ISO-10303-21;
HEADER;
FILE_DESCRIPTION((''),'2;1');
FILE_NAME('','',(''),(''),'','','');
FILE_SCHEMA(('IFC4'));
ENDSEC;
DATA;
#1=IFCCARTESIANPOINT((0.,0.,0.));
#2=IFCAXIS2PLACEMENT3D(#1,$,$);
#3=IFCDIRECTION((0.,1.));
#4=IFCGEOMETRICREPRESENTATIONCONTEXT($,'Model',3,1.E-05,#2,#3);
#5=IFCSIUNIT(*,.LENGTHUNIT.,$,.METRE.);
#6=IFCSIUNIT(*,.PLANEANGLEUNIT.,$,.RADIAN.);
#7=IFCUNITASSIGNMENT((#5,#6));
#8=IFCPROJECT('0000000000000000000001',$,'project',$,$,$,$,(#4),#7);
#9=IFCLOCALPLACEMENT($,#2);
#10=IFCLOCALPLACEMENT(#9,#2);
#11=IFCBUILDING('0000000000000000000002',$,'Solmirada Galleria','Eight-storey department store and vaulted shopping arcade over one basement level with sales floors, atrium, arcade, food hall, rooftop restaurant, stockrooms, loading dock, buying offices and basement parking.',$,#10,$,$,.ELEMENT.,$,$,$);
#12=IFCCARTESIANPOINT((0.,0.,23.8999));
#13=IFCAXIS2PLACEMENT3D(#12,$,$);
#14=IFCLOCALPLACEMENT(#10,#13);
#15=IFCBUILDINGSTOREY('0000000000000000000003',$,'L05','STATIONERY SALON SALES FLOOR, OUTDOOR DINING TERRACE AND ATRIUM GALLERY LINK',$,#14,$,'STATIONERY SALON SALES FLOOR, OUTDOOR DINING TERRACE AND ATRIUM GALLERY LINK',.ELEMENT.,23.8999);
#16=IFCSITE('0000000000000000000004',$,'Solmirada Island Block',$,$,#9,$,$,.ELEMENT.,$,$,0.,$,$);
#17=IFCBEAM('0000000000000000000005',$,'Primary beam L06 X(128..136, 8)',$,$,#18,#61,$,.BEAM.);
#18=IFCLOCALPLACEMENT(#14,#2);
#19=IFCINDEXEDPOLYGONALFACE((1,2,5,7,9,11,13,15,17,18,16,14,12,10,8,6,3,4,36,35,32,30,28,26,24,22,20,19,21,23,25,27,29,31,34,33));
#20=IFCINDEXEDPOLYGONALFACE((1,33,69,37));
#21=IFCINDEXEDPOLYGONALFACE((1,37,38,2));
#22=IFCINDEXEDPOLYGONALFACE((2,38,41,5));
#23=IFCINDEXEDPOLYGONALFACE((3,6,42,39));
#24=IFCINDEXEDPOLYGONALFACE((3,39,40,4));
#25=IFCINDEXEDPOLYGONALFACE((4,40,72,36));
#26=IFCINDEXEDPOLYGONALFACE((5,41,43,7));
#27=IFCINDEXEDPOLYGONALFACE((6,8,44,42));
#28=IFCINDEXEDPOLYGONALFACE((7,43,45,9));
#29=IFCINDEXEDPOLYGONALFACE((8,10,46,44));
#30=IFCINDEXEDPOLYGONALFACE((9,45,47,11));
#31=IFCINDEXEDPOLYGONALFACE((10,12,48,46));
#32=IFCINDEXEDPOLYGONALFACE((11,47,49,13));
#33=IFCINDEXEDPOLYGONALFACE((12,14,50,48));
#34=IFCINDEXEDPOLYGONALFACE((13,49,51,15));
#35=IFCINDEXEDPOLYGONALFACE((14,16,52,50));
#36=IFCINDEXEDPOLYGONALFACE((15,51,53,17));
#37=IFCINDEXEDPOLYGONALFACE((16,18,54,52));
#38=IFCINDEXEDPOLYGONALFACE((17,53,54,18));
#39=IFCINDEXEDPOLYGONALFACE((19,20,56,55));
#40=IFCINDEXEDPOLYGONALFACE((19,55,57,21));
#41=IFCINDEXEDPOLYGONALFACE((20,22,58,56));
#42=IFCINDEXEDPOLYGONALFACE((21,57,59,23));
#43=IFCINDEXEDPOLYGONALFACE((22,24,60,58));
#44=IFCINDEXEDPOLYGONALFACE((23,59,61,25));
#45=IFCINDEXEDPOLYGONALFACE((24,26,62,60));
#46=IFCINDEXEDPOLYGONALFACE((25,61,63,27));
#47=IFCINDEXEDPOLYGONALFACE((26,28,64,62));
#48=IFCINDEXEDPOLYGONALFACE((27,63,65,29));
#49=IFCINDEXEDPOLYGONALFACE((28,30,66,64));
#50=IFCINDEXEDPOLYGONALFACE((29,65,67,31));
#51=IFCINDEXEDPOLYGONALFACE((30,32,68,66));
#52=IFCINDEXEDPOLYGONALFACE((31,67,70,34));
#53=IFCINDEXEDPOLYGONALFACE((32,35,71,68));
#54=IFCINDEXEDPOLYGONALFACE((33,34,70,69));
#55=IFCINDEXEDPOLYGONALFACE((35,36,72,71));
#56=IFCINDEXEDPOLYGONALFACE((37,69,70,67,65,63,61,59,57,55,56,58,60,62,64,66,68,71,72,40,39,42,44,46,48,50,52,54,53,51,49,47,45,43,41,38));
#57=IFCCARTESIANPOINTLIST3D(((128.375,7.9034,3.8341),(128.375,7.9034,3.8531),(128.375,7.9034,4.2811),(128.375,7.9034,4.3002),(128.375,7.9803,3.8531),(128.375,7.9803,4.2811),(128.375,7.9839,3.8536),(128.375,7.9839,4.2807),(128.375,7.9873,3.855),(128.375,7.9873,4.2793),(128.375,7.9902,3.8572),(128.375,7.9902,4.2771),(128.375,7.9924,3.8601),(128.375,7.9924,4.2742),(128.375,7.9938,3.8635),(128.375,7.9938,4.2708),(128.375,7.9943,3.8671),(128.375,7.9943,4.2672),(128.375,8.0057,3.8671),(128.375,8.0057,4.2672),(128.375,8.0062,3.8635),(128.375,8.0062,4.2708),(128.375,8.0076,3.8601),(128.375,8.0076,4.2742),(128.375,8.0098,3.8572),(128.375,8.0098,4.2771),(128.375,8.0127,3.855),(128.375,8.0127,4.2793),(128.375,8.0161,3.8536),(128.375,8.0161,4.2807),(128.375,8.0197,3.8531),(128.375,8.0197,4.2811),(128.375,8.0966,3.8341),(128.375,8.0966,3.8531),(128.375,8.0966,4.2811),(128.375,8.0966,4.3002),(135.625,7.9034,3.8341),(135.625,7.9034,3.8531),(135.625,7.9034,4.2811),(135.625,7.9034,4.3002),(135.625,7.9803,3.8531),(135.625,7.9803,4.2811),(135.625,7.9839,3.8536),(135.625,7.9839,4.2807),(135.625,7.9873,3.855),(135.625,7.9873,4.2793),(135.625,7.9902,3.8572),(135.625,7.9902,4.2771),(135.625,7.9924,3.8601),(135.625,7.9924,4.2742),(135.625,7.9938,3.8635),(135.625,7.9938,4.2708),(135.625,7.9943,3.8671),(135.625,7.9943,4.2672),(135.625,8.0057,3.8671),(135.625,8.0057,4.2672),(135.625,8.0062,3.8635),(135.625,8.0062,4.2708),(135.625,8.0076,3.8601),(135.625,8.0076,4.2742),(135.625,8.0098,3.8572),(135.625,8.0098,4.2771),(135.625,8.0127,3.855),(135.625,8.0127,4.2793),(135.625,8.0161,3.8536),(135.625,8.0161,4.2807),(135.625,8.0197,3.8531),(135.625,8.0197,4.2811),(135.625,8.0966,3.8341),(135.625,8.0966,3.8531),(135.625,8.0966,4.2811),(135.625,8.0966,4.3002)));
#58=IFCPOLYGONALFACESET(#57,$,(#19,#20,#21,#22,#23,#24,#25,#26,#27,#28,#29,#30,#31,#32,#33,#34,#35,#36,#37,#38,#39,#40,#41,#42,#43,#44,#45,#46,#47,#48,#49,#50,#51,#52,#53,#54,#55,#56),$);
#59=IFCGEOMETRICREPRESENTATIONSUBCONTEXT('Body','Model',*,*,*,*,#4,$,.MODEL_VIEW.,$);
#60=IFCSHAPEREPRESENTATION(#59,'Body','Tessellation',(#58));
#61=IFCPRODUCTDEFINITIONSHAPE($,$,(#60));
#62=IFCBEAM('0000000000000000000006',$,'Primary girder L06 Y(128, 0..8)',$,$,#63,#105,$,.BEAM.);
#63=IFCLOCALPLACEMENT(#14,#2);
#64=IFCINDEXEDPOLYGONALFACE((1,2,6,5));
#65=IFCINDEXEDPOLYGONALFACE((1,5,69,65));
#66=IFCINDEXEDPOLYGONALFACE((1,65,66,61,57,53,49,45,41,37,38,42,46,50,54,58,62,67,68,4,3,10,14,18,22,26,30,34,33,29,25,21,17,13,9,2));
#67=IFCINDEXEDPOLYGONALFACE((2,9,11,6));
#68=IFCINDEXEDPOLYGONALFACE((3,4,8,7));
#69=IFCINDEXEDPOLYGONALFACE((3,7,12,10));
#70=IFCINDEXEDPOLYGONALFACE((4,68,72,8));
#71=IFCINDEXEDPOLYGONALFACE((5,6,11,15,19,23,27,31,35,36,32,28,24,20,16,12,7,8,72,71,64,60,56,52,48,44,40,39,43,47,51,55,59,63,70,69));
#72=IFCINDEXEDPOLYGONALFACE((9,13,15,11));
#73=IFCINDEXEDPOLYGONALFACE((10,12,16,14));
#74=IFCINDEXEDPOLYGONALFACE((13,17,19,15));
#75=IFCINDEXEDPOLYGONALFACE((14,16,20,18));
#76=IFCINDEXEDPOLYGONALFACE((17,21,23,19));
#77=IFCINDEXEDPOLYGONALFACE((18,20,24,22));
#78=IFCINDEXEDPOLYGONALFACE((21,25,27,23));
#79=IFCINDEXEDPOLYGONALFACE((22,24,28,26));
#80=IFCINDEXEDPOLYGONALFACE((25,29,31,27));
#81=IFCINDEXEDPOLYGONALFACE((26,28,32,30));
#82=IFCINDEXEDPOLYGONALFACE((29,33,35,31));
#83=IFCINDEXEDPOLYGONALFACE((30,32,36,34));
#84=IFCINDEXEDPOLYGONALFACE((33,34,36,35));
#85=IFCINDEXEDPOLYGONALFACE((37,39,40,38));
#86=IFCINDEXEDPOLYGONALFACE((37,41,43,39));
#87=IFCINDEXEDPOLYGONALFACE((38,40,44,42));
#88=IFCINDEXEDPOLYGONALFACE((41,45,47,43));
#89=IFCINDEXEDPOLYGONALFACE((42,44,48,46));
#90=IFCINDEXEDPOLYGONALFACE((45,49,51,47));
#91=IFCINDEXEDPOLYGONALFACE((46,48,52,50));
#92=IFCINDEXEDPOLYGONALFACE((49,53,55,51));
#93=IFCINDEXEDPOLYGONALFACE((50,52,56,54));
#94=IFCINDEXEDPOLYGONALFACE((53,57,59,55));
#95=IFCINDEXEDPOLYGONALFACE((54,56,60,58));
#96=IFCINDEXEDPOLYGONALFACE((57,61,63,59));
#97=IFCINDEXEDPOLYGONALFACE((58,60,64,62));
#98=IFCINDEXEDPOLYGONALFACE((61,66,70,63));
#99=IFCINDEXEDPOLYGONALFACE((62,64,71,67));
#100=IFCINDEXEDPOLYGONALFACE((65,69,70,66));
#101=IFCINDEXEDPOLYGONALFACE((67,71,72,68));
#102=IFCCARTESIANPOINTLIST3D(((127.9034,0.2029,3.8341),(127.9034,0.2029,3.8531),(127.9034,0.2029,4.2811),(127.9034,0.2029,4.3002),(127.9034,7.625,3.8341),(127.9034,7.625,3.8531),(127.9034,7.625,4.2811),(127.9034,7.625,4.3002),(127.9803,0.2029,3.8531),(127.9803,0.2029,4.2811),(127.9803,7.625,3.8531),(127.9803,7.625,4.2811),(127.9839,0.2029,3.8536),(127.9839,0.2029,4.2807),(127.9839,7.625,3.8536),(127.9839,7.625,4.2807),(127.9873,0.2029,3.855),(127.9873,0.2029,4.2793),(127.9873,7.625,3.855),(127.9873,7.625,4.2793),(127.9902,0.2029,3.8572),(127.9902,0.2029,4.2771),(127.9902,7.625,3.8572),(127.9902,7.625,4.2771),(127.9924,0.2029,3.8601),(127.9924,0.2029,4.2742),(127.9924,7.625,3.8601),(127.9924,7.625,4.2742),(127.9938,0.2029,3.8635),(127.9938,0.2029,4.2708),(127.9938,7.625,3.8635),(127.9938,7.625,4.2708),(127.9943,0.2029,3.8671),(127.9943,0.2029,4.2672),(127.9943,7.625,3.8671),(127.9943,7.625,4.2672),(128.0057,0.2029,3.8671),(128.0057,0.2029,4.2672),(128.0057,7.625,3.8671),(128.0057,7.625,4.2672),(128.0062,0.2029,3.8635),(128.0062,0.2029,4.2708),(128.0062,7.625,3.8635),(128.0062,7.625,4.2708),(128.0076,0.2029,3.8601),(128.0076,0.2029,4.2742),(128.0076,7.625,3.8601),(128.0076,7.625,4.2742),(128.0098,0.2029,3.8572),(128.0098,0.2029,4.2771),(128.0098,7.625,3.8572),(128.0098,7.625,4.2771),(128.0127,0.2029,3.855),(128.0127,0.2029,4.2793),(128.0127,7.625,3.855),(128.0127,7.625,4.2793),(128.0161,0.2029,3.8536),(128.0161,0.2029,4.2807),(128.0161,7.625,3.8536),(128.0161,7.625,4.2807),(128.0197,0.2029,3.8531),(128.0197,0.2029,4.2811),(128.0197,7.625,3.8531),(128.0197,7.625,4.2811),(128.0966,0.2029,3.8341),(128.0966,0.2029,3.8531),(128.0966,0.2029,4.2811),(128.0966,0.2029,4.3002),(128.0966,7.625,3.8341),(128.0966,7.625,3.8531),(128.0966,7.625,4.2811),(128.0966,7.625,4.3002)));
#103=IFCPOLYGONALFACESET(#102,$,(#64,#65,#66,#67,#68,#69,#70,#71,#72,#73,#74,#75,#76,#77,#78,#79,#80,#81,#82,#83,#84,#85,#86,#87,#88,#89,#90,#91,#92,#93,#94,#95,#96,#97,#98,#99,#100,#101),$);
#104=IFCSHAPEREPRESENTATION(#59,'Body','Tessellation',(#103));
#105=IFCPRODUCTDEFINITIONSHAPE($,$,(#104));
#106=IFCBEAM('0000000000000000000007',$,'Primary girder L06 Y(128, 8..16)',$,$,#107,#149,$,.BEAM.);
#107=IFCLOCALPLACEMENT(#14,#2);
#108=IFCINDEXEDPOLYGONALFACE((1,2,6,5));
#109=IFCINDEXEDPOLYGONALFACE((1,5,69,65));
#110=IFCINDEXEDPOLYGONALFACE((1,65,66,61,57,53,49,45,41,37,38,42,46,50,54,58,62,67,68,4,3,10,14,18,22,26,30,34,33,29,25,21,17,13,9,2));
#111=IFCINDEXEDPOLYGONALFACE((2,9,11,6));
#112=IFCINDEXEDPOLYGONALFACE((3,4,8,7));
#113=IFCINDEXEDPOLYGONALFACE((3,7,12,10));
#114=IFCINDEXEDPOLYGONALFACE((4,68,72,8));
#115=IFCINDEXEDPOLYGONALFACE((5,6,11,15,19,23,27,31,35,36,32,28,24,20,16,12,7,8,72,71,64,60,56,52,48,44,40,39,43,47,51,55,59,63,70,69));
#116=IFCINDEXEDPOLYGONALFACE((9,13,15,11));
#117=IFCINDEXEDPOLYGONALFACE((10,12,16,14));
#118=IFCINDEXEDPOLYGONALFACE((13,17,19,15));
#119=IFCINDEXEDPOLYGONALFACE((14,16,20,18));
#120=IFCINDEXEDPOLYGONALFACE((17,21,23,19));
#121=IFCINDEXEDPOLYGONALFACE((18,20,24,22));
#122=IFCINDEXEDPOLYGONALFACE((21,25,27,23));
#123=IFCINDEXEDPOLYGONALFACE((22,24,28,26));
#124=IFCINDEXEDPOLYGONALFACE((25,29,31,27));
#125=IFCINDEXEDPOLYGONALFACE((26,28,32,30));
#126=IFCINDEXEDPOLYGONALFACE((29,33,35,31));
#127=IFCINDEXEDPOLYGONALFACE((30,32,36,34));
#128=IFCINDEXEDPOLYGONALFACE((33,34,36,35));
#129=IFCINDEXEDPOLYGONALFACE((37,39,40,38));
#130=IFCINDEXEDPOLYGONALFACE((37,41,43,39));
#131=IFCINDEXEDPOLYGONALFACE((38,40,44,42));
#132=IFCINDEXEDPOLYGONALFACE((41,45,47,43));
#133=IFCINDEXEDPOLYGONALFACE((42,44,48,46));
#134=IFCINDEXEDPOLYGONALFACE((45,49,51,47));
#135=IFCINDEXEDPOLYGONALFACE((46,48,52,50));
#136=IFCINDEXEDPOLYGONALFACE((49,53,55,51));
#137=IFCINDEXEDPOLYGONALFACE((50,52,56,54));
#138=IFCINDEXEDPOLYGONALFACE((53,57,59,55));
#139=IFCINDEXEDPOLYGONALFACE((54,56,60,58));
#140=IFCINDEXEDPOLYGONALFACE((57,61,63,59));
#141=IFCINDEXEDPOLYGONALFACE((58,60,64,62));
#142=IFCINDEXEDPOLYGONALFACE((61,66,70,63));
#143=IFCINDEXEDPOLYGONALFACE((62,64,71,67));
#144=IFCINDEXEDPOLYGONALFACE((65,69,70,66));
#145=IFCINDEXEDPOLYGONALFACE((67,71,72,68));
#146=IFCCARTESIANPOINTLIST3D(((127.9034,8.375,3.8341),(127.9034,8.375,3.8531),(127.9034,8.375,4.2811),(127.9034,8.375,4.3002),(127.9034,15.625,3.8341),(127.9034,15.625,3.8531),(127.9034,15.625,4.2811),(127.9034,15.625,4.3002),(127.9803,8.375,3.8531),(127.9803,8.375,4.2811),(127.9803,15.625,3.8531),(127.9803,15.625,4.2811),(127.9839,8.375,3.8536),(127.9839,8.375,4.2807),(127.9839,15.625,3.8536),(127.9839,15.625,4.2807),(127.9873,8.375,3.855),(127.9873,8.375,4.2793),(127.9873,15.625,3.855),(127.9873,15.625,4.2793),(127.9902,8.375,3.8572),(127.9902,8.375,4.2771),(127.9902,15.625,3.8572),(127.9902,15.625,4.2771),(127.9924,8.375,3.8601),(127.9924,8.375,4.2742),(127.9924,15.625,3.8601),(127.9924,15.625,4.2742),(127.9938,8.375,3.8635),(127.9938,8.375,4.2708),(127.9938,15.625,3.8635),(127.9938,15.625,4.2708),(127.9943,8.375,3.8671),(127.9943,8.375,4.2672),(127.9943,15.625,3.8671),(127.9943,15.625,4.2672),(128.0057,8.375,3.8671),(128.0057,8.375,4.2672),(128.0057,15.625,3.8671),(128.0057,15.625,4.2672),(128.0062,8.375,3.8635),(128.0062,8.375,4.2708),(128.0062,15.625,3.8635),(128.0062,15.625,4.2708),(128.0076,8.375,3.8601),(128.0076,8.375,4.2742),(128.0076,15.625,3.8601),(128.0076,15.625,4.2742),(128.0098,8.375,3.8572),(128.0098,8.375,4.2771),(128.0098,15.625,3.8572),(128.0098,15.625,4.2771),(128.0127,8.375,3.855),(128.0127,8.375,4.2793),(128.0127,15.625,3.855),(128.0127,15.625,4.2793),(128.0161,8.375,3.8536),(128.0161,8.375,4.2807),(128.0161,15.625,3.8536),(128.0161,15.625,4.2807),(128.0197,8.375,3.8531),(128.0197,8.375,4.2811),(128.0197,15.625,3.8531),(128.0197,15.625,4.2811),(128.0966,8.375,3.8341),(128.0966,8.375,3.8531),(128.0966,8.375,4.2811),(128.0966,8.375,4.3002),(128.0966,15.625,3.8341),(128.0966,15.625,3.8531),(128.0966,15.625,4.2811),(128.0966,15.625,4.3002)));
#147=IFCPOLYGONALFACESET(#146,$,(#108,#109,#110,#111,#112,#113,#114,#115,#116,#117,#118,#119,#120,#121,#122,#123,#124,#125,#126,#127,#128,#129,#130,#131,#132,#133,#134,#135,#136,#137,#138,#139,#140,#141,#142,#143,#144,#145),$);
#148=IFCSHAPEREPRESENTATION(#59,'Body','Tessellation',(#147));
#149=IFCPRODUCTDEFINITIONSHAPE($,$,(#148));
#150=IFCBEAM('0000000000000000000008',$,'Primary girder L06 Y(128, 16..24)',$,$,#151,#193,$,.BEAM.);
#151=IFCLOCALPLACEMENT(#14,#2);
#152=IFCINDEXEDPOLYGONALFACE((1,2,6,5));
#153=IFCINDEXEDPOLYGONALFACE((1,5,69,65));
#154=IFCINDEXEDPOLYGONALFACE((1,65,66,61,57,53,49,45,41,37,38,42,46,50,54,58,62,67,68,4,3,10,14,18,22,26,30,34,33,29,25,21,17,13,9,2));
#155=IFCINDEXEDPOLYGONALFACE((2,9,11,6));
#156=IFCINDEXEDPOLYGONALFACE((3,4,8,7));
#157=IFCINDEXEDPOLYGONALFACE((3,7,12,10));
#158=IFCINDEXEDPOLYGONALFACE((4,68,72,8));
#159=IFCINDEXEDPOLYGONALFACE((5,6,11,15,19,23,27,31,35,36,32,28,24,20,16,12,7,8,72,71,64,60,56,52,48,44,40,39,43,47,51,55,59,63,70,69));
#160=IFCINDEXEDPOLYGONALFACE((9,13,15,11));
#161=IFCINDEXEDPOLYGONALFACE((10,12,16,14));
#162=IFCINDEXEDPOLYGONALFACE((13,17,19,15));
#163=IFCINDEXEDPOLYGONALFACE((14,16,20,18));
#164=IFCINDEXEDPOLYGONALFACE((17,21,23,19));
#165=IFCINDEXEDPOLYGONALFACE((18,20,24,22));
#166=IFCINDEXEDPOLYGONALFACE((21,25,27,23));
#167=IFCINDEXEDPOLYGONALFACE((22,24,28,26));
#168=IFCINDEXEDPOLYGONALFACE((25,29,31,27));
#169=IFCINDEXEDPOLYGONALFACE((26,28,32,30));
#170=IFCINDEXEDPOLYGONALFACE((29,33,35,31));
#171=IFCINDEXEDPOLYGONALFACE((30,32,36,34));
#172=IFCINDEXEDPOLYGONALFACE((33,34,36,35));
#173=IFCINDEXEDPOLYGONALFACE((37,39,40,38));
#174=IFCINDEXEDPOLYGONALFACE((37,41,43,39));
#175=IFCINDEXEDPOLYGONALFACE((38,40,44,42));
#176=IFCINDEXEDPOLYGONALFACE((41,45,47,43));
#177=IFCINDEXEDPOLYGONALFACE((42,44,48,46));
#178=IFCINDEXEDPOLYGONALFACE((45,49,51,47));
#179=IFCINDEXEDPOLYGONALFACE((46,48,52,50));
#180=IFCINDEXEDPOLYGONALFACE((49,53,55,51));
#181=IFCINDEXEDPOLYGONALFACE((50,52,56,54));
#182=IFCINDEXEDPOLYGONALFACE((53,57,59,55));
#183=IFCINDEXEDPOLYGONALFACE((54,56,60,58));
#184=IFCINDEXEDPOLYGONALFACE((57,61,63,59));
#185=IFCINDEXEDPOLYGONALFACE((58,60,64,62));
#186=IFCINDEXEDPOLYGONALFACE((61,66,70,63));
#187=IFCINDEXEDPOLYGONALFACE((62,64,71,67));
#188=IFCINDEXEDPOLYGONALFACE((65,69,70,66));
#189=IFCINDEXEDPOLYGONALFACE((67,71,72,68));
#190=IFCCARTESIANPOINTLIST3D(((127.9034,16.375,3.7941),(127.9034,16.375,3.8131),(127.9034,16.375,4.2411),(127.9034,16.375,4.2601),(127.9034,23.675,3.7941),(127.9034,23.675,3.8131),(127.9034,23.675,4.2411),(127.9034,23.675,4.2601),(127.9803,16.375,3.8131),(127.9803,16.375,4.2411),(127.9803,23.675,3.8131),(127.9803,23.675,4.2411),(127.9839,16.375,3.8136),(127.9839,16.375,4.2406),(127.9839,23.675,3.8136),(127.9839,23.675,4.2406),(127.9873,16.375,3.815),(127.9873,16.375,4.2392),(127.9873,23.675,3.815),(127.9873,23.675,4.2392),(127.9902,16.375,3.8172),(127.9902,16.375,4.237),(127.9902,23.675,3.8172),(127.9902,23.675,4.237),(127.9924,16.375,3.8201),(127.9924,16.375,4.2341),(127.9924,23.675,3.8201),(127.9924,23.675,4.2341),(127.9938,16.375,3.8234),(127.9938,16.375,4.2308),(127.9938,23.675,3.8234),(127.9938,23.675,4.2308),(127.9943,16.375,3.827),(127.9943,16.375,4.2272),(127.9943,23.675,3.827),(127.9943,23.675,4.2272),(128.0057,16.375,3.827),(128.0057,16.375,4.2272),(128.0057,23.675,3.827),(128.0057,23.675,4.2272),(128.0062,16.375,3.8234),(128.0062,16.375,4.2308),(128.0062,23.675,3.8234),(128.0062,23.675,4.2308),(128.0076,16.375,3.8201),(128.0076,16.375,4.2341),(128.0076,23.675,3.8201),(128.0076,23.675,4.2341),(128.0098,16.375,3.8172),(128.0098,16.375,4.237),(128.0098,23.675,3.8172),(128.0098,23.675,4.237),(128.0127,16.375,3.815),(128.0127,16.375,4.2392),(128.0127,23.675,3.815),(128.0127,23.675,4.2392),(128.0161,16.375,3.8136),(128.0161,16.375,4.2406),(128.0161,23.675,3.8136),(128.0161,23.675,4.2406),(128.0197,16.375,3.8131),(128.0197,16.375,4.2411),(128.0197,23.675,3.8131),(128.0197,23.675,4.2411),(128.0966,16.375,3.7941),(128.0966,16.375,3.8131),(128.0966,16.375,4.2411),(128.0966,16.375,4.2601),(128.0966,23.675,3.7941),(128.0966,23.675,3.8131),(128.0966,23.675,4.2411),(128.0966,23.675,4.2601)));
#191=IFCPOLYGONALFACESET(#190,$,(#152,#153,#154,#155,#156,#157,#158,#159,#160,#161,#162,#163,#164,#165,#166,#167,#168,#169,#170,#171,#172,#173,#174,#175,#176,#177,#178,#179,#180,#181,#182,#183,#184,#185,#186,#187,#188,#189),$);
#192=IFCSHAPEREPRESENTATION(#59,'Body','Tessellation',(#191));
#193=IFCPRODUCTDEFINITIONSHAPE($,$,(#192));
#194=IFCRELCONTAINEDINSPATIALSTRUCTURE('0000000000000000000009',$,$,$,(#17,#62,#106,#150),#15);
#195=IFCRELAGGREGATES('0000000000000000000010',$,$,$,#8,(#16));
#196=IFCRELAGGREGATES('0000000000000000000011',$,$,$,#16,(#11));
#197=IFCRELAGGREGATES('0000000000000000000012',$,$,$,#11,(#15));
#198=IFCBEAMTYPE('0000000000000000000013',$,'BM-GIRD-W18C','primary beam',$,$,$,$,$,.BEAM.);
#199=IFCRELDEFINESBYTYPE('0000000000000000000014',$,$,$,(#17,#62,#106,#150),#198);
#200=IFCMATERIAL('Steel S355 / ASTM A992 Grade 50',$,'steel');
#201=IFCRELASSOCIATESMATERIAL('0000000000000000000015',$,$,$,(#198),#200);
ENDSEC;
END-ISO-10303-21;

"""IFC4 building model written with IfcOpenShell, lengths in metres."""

from ifc_helpers import new_model, si_unit, direction, frame, origin, origin_2d, place, context, subcontext, project, spatial, i_section, extrude, material, material_profile, profile_set, type_object, element, save


model = new_model("IFC4")

# Units and contexts
model_context = context("Model", 3, precision=1e-05, world=origin(), true_north=direction((0.0, 1.0)))
body_context = subcontext(model_context, "Body", "Model", "MODEL_VIEW")
ifc_project = project(units=[si_unit("LENGTHUNIT", "METRE"), si_unit("PLANEANGLEUNIT", "RADIAN")], contexts=[model_context])

# Site, building, storey
site_placement = place(None, origin())
site = spatial("IfcSite", under=ifc_project, at=site_placement, Name="Solmirada Island Block", CompositionType="ELEMENT", RefElevation=0.0)
building_placement = place(site_placement, origin())
building = spatial("IfcBuilding", under=site, at=building_placement, Name="Solmirada Galleria", Description="Eight-storey department store and vaulted shopping arcade over one basement level with sales floors, atrium, arcade, food hall, rooftop restaurant, stockrooms, loading dock, buying offices and basement parking.", CompositionType="ELEMENT")
storey_placement = place(building_placement, frame((0.0, 0.0, 23.8999)))
storey = spatial("IfcBuildingStorey", under=building, at=storey_placement, Name="L05", Description="STATIONERY SALON SALES FLOOR, OUTDOOR DINING TERRACE AND ATRIUM GALLERY LINK", LongName="STATIONERY SALON SALES FLOOR, OUTDOOR DINING TERRACE AND ATRIUM GALLERY LINK", CompositionType="ELEMENT", Elevation=23.8999)

# Beams
ifc_material_1 = material(Name="Steel S355 / ASTM A992 Grade 50", Category="steel")
ifc_material_profile_1 = material_profile(ifc_material_1, i_section(OverallWidth=0.1931, OverallDepth=0.4661, WebThickness=0.0115, FlangeThickness=0.019, FilletRadius=0.0139, at=origin_2d()), Name="W18X65")
ifc_profile_set_1 = profile_set([ifc_material_profile_1], Name="Steel S355 / ASTM A992 Grade 50")
beam_type_1 = type_object("IfcBeamType", Name="BM-GIRD-W18C", Description="primary beam", PredefinedType="BEAM", material=ifc_profile_set_1)
beam_1_placement = place(storey_placement, frame((128.375, 8.0, 4.0671), z_axis=(1.0, 0.0, 0.0), x_axis=(0.0, 1.0, 0.0)))
element("IfcBeam", 1, at=beam_1_placement, inside=storey, type_object=beam_type_1, Name="Primary beam L06 X(128..136, 8)", PredefinedType="BEAM", context=body_context, shape_type="SweptSolid", body=[
    extrude(i_section(OverallWidth=0.1931, OverallDepth=0.4661, WebThickness=0.0115, FlangeThickness=0.019, FilletRadius=0.0139, at=origin_2d()), origin(), (0.0, 0.0, 1.0), 7.25),
])
beam_2_placement = place(storey_placement, frame((128.0, 0.2029, 4.0671), z_axis=(0.0, 1.0, 0.0), x_axis=(-1.0, 0.0, 0.0)))
element("IfcBeam", 2, at=beam_2_placement, inside=storey, type_object=beam_type_1, Name="Primary girder L06 Y(128, 0..8)", PredefinedType="BEAM", context=body_context, shape_type="SweptSolid", body=[
    extrude(i_section(OverallWidth=0.1931, OverallDepth=0.4661, WebThickness=0.0115, FlangeThickness=0.019, FilletRadius=0.0139, at=origin_2d()), origin(), (0.0, 0.0, 1.0), 7.4221),
])
beam_3_placement = place(storey_placement, frame((128.0, 8.375, 4.0671), z_axis=(0.0, 1.0, 0.0), x_axis=(-1.0, 0.0, 0.0)))
element("IfcBeam", 3, at=beam_3_placement, inside=storey, type_object=beam_type_1, Name="Primary girder L06 Y(128, 8..16)", PredefinedType="BEAM", context=body_context, shape_type="SweptSolid", body=[
    extrude(i_section(OverallWidth=0.1931, OverallDepth=0.4661, WebThickness=0.0115, FlangeThickness=0.019, FilletRadius=0.0139, at=origin_2d()), origin(), (0.0, 0.0, 1.0), 7.25),
])
beam_4_placement = place(storey_placement, frame((128.0, 16.375, 4.0271), z_axis=(0.0, 1.0, 0.0), x_axis=(-1.0, 0.0, 0.0)))
element("IfcBeam", 4, at=beam_4_placement, inside=storey, type_object=beam_type_1, Name="Primary girder L06 Y(128, 16..24)", PredefinedType="BEAM", context=body_context, shape_type="SweptSolid", body=[
    extrude(i_section(OverallWidth=0.1931, OverallDepth=0.4661, WebThickness=0.0115, FlangeThickness=0.019, FilletRadius=0.0139, at=origin_2d()), origin(), (0.0, 0.0, 1.0), 7.3),
])

save(model, "model.ifc")
